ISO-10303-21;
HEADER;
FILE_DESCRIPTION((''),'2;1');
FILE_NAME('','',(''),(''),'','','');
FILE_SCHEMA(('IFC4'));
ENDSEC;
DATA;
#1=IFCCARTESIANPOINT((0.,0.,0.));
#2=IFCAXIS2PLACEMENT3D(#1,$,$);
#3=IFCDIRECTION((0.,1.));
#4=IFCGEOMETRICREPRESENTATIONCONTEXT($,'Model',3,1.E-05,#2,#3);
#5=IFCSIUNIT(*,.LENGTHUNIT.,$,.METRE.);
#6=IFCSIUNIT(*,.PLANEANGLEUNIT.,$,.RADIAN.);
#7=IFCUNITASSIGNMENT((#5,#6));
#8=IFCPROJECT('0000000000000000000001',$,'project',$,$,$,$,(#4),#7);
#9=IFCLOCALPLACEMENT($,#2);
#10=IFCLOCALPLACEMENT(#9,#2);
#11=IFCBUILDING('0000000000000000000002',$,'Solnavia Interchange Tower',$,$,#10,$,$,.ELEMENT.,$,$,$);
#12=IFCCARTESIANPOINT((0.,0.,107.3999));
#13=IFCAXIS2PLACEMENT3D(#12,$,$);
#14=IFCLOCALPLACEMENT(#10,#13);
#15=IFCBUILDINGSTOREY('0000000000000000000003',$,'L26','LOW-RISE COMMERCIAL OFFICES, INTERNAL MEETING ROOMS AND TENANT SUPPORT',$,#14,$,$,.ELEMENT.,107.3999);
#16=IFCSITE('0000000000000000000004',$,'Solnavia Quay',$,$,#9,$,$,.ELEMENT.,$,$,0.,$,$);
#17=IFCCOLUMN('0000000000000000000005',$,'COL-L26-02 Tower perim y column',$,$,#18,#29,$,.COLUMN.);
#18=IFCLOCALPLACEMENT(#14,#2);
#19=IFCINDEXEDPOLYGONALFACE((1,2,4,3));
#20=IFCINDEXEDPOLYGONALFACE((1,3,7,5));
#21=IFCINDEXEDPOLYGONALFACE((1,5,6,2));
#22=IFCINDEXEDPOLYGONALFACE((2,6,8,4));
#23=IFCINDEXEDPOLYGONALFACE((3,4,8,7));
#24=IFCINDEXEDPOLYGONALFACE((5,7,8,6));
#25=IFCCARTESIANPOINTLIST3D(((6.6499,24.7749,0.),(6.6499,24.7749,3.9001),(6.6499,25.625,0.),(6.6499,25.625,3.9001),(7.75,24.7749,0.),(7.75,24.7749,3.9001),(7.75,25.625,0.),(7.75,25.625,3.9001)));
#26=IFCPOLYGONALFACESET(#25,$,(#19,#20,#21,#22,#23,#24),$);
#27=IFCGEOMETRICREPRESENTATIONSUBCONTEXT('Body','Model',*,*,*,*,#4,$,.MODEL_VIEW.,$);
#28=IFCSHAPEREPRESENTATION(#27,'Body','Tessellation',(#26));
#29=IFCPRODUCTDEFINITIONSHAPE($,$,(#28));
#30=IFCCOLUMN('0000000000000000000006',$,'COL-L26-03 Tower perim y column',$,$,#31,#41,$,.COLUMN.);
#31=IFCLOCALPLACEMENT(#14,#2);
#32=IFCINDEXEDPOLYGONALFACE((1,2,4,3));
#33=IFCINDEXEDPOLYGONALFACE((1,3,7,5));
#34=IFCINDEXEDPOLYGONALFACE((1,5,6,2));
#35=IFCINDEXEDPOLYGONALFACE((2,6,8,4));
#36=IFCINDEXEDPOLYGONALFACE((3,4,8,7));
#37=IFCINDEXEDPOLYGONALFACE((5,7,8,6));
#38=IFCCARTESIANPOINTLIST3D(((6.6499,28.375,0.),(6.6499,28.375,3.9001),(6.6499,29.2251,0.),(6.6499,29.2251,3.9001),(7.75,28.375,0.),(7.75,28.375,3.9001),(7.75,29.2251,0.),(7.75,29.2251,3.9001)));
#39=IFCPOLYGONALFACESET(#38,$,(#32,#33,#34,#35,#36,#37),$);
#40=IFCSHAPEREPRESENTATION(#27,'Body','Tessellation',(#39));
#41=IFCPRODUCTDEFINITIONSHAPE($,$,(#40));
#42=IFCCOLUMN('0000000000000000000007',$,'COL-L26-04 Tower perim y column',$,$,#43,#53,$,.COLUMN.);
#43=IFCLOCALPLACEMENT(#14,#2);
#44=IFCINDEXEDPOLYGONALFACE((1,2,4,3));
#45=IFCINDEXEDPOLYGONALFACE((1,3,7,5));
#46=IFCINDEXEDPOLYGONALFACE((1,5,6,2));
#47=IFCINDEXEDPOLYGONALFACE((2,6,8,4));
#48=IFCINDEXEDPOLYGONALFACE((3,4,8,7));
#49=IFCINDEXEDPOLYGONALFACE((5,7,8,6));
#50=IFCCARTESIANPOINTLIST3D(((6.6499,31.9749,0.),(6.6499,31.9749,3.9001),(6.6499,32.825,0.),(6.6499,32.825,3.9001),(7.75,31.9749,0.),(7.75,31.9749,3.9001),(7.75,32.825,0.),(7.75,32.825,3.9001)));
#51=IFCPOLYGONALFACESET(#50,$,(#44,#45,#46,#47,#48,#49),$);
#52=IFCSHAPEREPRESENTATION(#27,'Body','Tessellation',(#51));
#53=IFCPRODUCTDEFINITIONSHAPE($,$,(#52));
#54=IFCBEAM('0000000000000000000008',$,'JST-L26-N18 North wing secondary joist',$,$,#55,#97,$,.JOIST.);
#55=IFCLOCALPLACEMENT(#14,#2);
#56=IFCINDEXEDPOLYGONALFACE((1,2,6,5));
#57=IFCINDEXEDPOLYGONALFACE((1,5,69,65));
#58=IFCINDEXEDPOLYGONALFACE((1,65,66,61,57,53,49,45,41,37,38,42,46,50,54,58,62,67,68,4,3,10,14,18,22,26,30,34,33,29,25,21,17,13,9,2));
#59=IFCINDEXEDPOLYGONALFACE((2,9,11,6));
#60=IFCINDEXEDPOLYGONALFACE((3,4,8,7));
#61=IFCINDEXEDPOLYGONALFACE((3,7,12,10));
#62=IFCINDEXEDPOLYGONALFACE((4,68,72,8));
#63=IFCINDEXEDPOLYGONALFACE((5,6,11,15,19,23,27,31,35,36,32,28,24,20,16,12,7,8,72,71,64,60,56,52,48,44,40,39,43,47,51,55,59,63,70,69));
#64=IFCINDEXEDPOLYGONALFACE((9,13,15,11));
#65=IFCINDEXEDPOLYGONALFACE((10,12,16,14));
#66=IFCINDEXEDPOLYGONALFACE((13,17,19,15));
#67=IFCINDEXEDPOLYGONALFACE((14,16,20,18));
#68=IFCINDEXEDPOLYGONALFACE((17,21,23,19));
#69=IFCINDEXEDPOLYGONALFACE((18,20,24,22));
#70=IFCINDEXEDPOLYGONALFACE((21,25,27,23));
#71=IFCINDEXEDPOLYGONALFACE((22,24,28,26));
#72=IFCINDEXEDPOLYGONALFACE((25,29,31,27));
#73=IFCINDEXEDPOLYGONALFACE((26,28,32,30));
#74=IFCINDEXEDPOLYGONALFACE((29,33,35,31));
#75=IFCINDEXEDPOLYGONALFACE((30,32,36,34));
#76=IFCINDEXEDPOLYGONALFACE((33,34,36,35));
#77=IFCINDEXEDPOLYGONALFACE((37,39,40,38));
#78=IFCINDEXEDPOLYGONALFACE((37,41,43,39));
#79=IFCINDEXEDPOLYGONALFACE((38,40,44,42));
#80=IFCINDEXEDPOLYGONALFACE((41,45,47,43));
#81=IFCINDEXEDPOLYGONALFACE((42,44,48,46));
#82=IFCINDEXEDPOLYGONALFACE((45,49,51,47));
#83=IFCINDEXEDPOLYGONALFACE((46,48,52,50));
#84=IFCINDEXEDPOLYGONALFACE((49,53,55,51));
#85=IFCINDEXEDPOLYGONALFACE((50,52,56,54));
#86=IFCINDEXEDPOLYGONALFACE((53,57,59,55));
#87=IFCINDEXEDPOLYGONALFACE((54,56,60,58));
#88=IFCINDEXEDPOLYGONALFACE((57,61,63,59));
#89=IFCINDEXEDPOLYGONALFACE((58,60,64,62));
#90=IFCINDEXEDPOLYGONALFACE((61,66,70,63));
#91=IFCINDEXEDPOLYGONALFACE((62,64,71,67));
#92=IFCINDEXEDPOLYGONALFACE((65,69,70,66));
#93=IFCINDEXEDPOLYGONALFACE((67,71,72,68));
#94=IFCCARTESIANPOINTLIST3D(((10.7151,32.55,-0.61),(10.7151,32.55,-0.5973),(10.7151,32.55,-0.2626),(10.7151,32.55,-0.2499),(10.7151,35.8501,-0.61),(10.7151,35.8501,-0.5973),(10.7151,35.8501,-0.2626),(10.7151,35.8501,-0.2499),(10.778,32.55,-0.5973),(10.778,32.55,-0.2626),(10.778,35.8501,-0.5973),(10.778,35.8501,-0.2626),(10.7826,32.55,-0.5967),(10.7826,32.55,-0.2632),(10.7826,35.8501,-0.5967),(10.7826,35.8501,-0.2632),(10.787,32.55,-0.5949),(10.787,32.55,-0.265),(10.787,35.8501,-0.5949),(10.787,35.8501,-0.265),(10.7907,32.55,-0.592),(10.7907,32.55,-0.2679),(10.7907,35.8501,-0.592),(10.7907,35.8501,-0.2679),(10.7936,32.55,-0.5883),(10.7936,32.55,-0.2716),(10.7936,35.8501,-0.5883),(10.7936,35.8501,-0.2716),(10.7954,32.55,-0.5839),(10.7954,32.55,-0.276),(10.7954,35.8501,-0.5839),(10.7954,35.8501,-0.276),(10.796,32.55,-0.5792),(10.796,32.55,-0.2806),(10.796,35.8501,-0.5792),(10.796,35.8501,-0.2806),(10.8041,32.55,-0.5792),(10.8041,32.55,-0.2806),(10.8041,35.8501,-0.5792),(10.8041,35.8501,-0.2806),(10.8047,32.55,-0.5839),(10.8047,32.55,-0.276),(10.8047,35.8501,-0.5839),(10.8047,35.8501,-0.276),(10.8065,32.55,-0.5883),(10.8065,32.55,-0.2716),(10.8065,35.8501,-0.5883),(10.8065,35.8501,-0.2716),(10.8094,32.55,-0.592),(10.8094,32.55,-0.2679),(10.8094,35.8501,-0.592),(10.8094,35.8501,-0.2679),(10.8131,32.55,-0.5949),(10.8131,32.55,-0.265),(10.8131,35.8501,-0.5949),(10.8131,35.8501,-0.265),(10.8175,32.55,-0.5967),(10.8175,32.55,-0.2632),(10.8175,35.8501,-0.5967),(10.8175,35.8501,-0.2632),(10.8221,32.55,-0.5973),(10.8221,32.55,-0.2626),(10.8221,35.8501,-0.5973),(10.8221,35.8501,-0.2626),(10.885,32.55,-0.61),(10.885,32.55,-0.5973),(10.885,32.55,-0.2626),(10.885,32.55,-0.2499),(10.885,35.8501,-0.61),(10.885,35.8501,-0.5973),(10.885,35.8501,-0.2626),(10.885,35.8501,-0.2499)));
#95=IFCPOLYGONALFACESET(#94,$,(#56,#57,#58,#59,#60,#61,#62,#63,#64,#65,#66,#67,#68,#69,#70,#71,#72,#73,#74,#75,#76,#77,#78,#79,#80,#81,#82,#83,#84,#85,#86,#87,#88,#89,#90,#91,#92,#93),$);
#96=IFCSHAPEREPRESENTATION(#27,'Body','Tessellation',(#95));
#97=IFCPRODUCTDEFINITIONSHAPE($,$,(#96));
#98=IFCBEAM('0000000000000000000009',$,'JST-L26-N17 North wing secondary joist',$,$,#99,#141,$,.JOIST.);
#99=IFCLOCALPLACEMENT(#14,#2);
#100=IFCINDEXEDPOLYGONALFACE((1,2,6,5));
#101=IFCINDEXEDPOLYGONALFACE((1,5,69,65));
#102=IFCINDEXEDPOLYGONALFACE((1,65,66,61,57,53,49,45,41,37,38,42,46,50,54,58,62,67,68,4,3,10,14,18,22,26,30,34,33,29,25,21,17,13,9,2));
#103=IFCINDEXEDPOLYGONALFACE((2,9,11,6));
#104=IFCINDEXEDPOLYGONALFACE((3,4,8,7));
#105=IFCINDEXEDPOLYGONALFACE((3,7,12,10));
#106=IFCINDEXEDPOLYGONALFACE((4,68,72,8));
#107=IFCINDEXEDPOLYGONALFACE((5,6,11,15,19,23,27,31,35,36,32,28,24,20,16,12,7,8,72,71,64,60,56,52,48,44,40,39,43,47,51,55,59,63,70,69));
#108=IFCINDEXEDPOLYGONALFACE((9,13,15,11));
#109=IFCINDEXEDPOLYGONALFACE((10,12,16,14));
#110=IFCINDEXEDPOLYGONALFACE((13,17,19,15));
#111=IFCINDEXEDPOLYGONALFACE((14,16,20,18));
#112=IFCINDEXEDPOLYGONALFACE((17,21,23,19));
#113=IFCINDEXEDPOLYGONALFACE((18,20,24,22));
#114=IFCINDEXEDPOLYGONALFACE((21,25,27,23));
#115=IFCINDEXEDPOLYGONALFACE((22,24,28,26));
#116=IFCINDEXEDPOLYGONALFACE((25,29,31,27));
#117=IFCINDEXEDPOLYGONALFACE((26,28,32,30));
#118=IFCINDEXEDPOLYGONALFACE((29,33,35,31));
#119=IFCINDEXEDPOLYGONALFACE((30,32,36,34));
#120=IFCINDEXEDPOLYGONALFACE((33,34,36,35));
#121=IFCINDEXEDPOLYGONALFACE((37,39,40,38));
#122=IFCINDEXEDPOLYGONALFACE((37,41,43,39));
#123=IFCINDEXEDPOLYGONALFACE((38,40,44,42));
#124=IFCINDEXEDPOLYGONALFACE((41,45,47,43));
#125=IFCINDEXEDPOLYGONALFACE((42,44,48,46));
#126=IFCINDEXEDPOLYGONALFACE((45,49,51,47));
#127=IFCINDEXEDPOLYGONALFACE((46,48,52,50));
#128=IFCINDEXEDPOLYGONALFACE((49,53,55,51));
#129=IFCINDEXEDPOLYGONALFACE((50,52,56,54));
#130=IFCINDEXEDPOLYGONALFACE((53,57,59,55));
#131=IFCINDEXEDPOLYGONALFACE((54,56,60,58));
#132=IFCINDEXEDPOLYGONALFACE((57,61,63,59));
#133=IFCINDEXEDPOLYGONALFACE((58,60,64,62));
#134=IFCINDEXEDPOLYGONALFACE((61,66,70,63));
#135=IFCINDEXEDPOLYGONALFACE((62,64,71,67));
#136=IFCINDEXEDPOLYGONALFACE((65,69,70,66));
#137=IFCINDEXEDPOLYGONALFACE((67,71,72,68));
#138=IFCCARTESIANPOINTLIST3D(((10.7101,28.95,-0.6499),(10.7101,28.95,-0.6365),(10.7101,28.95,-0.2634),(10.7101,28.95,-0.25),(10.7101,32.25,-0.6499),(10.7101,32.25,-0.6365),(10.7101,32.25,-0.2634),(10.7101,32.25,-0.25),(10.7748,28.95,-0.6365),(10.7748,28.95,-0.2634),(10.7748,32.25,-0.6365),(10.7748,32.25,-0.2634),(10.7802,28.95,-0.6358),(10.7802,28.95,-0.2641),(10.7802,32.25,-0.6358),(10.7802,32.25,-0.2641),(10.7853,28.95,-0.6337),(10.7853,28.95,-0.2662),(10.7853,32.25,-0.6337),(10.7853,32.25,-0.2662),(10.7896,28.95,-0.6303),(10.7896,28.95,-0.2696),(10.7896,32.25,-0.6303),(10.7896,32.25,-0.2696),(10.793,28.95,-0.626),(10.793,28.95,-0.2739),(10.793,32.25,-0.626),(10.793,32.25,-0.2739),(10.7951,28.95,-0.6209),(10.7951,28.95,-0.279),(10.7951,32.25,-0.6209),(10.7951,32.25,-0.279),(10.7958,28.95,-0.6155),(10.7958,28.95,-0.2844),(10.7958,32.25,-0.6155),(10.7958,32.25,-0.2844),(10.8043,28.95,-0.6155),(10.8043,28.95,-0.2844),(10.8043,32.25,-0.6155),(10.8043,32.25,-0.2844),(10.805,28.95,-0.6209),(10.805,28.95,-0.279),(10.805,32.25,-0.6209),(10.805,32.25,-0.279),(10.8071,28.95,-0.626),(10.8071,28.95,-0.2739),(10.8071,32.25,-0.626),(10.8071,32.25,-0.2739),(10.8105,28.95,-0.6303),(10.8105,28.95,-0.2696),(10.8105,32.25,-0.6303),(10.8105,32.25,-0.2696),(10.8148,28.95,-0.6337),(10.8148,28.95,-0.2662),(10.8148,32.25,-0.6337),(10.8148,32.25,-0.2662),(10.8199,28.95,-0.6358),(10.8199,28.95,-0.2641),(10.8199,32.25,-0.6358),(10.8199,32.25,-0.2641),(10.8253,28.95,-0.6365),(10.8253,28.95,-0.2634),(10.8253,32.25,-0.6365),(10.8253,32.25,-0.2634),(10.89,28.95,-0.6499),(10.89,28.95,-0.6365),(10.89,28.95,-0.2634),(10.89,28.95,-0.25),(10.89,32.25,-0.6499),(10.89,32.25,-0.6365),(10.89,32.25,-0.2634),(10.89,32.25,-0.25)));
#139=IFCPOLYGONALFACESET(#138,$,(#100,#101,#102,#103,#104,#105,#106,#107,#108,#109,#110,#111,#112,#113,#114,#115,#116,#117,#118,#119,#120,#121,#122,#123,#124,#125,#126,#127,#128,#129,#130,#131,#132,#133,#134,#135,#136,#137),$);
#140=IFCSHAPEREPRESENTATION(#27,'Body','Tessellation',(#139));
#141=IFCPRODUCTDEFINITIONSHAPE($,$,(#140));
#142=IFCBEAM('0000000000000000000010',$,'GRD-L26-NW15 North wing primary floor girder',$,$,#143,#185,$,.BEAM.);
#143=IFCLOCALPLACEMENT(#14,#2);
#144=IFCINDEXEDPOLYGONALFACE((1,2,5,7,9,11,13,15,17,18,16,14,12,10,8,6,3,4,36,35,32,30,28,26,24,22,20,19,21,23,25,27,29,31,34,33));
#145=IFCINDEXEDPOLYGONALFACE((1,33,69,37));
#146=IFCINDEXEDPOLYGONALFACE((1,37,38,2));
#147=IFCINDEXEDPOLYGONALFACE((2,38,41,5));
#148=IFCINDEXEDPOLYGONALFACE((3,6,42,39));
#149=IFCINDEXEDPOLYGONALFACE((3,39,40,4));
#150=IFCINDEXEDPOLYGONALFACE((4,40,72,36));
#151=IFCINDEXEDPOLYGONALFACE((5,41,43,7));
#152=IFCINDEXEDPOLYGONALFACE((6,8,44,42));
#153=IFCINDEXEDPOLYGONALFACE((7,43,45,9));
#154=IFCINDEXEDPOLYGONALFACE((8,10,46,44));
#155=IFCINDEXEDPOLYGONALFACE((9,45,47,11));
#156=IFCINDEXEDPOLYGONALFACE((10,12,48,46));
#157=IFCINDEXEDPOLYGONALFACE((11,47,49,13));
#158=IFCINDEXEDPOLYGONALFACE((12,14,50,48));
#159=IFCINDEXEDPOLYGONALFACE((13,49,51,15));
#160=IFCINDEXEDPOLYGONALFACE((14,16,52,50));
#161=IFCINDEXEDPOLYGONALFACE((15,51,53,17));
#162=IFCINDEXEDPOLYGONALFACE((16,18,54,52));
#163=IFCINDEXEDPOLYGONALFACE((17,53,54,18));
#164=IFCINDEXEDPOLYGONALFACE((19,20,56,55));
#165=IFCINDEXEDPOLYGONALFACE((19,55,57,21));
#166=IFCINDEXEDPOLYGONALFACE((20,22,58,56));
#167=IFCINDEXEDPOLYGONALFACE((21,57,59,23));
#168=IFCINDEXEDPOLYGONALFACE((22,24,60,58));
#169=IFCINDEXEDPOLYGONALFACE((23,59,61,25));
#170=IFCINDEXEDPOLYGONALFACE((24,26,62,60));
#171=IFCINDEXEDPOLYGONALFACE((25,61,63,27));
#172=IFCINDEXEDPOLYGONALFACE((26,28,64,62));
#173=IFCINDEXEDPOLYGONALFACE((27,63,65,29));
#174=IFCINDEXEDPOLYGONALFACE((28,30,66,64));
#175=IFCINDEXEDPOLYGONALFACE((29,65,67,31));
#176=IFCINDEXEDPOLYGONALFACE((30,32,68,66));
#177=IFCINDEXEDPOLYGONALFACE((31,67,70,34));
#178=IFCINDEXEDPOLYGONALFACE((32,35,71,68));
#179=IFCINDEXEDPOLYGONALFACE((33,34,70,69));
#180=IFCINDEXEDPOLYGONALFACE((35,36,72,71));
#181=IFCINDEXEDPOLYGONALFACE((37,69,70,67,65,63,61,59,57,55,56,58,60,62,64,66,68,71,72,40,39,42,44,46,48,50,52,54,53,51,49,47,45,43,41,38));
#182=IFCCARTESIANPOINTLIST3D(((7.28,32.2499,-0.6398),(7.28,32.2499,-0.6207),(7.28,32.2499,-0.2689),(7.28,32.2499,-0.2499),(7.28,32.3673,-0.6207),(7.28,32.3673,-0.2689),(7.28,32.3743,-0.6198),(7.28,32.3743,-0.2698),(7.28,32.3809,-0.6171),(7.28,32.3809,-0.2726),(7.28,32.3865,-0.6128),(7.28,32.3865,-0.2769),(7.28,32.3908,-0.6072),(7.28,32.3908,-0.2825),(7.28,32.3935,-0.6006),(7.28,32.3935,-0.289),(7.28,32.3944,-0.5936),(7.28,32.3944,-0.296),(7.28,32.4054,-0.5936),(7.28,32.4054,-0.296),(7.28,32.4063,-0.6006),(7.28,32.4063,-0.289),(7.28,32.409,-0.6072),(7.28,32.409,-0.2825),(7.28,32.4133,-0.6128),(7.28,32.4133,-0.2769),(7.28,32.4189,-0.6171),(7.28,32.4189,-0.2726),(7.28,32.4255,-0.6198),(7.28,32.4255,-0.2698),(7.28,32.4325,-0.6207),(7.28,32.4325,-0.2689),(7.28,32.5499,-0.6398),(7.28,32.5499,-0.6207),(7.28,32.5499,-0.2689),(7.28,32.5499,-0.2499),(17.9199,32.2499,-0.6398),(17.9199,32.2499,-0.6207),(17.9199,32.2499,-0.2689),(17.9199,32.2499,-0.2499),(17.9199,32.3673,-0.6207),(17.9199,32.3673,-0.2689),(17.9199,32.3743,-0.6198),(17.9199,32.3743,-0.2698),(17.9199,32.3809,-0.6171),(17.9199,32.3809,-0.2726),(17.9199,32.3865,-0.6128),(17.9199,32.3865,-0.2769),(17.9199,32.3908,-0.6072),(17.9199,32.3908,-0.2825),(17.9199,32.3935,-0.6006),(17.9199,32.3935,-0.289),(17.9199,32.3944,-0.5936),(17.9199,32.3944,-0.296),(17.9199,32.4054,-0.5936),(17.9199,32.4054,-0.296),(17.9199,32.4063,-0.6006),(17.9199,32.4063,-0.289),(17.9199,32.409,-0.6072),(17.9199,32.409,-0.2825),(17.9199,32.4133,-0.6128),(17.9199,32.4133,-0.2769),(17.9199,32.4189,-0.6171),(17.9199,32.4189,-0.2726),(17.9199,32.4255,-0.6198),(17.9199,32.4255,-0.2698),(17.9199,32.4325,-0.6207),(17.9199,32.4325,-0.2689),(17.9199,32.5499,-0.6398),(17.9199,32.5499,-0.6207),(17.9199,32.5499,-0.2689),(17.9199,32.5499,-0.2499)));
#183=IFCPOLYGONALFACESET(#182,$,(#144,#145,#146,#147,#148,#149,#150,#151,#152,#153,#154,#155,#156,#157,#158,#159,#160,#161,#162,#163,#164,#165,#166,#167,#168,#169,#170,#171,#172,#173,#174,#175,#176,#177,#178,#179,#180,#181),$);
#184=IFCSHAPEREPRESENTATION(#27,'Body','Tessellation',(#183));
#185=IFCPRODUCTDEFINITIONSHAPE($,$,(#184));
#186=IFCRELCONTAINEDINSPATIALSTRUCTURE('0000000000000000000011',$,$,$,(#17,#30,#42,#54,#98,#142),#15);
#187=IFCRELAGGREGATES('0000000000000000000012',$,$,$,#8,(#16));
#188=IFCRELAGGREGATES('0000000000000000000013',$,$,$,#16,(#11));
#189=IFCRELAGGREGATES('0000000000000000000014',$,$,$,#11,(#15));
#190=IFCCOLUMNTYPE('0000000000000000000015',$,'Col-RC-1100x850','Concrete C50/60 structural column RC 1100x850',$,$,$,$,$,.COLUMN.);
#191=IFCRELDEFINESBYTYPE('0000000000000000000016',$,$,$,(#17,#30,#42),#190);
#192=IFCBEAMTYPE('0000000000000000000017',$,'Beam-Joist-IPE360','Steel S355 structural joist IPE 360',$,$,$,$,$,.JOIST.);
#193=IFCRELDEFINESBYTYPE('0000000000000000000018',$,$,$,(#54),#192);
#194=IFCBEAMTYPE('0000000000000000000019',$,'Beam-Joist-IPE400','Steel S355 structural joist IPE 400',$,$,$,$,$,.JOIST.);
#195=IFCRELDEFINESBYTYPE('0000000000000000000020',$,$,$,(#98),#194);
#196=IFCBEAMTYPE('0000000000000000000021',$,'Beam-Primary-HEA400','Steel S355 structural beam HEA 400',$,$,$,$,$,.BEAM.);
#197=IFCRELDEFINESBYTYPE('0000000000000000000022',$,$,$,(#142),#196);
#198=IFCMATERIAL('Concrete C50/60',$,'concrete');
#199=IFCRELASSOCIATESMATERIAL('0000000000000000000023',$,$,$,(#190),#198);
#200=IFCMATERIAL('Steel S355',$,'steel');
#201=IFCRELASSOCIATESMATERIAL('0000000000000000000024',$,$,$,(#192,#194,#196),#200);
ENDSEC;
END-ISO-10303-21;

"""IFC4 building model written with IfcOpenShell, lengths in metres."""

from ifc_helpers import new_model, si_unit, direction, frame, origin, origin_2d, place, context, subcontext, project, spatial, rectangle, i_section, extrude, material, material_profile, profile_set, type_object, element, save


model = new_model("IFC4")

# Units and contexts
model_context = context("Model", 3, precision=1e-05, world=origin(), true_north=direction((0.0, 1.0)))
body_context = subcontext(model_context, "Body", "Model", "MODEL_VIEW")
ifc_project = project(units=[si_unit("LENGTHUNIT", "METRE"), si_unit("PLANEANGLEUNIT", "RADIAN")], contexts=[model_context])

# Site, building, storey
site_placement = place(None, origin())
site = spatial("IfcSite", under=ifc_project, at=site_placement, Name="Solnavia Quay", CompositionType="ELEMENT", RefElevation=0.0)
building_placement = place(site_placement, origin())
building = spatial("IfcBuilding", under=site, at=building_placement, Name="Solnavia Interchange Tower", CompositionType="ELEMENT")
storey_placement = place(building_placement, frame((0.0, 0.0, 107.3999)))
storey = spatial("IfcBuildingStorey", under=building, at=storey_placement, Name="L26", Description="LOW-RISE COMMERCIAL OFFICES, INTERNAL MEETING ROOMS AND TENANT SUPPORT", CompositionType="ELEMENT", Elevation=107.3999)

# Columns
ifc_material_1 = material(Name="Concrete C50/60", Category="concrete")
ifc_material_profile_1 = material_profile(ifc_material_1, rectangle(XDim=0.8501, YDim=1.1001, at=origin_2d()), Name="RC 1100x850")
ifc_profile_set_1 = profile_set([ifc_material_profile_1], Name="Concrete C50/60")
column_type = type_object("IfcColumnType", Name="Col-RC-1100x850", Description="Concrete C50/60 structural column RC 1100x850", PredefinedType="COLUMN", material=ifc_profile_set_1)
for number, where, z_axis, x_axis, name in (
    (1, (7.2, 25.2, 0.0), (0.0, 0.0, 1.0), (0.0, 1.0, 0.0), "COL-L26-02 Tower perim y column"),
    (2, (7.2, 28.8, 0.0), (0.0, 0.0, 1.0), (0.0, 1.0, 0.0), "COL-L26-03 Tower perim y column"),
    (3, (7.2, 32.3999, 0.0), (0.0, 0.0, 1.0), (0.0, 1.0, 0.0), "COL-L26-04 Tower perim y column"),
):
    element("IfcColumn", number, at=place(storey_placement, frame(where, z_axis=z_axis, x_axis=x_axis)), inside=storey, type_object=column_type, Name=name, PredefinedType="COLUMN", context=body_context, shape_type="SweptSolid", body=[
        extrude(rectangle(XDim=0.8501, YDim=1.1001, at=origin_2d()), origin(), (0.0, 0.0, 1.0), 3.9001),
    ])

# Beams
ifc_material_2 = material(Name="Steel S355", Category="steel")
ifc_material_profile_2 = material_profile(ifc_material_2, i_section(OverallWidth=0.1699, OverallDepth=0.3601, WebThickness=0.0081, FlangeThickness=0.0127, FilletRadius=0.0181, at=origin_2d()), Name="IPE 360")
ifc_profile_set_2 = profile_set([ifc_material_profile_2], Name="Steel S355")
beam_type_1 = type_object("IfcBeamType", Name="Beam-Joist-IPE360", Description="Steel S355 structural joist IPE 360", PredefinedType="JOIST", material=ifc_profile_set_2)
beam_1_placement = place(storey_placement, frame((10.8, 32.55, -0.4299), z_axis=(0.0, 1.0, 0.0), x_axis=(-1.0, 0.0, 0.0)))
element("IfcBeam", 4, at=beam_1_placement, inside=storey, type_object=beam_type_1, Name="JST-L26-N18 North wing secondary joist", PredefinedType="JOIST", context=body_context, shape_type="SweptSolid", body=[
    extrude(i_section(OverallWidth=0.1699, OverallDepth=0.3601, WebThickness=0.0081, FlangeThickness=0.0127, FilletRadius=0.0181, at=origin_2d()), origin(), (0.0, 0.0, 1.0), 3.3),
])
ifc_material_profile_3 = material_profile(ifc_material_2, i_section(OverallWidth=0.1799, OverallDepth=0.3999, WebThickness=0.0085, FlangeThickness=0.0134, FilletRadius=0.021, at=origin_2d()), Name="IPE 400")
ifc_profile_set_3 = profile_set([ifc_material_profile_3], Name="Steel S355")
beam_type_2 = type_object("IfcBeamType", Name="Beam-Joist-IPE400", Description="Steel S355 structural joist IPE 400", PredefinedType="JOIST", material=ifc_profile_set_3)
beam_2_placement = place(storey_placement, frame((10.8, 28.95, -0.45), z_axis=(0.0, 1.0, 0.0), x_axis=(-1.0, 0.0, 0.0)))
element("IfcBeam", 5, at=beam_2_placement, inside=storey, type_object=beam_type_2, Name="JST-L26-N17 North wing secondary joist", PredefinedType="JOIST", context=body_context, shape_type="SweptSolid", body=[
    extrude(i_section(OverallWidth=0.1799, OverallDepth=0.3999, WebThickness=0.0085, FlangeThickness=0.0134, FilletRadius=0.021, at=origin_2d()), origin(), (0.0, 0.0, 1.0), 3.3),
])
ifc_material_profile_4 = material_profile(ifc_material_2, i_section(OverallWidth=0.3, OverallDepth=0.3899, WebThickness=0.011, FlangeThickness=0.019, FilletRadius=0.0271, at=origin_2d()), Name="HEA 400")
ifc_profile_set_4 = profile_set([ifc_material_profile_4], Name="Steel S355")
beam_type_3 = type_object("IfcBeamType", Name="Beam-Primary-HEA400", Description="Steel S355 structural beam HEA 400", PredefinedType="BEAM", material=ifc_profile_set_4)
beam_3_placement = place(storey_placement, frame((7.28, 32.3999, -0.4448), z_axis=(1.0, 0.0, 0.0), x_axis=(0.0, 1.0, 0.0)))
element("IfcBeam", 6, at=beam_3_placement, inside=storey, type_object=beam_type_3, Name="GRD-L26-NW15 North wing primary floor girder", PredefinedType="BEAM", context=body_context, shape_type="SweptSolid", body=[
    extrude(i_section(OverallWidth=0.3, OverallDepth=0.3899, WebThickness=0.011, FlangeThickness=0.019, FilletRadius=0.0271, at=origin_2d()), origin(), (0.0, 0.0, 1.0), 10.6399),
])

save(model, "model.ifc")
